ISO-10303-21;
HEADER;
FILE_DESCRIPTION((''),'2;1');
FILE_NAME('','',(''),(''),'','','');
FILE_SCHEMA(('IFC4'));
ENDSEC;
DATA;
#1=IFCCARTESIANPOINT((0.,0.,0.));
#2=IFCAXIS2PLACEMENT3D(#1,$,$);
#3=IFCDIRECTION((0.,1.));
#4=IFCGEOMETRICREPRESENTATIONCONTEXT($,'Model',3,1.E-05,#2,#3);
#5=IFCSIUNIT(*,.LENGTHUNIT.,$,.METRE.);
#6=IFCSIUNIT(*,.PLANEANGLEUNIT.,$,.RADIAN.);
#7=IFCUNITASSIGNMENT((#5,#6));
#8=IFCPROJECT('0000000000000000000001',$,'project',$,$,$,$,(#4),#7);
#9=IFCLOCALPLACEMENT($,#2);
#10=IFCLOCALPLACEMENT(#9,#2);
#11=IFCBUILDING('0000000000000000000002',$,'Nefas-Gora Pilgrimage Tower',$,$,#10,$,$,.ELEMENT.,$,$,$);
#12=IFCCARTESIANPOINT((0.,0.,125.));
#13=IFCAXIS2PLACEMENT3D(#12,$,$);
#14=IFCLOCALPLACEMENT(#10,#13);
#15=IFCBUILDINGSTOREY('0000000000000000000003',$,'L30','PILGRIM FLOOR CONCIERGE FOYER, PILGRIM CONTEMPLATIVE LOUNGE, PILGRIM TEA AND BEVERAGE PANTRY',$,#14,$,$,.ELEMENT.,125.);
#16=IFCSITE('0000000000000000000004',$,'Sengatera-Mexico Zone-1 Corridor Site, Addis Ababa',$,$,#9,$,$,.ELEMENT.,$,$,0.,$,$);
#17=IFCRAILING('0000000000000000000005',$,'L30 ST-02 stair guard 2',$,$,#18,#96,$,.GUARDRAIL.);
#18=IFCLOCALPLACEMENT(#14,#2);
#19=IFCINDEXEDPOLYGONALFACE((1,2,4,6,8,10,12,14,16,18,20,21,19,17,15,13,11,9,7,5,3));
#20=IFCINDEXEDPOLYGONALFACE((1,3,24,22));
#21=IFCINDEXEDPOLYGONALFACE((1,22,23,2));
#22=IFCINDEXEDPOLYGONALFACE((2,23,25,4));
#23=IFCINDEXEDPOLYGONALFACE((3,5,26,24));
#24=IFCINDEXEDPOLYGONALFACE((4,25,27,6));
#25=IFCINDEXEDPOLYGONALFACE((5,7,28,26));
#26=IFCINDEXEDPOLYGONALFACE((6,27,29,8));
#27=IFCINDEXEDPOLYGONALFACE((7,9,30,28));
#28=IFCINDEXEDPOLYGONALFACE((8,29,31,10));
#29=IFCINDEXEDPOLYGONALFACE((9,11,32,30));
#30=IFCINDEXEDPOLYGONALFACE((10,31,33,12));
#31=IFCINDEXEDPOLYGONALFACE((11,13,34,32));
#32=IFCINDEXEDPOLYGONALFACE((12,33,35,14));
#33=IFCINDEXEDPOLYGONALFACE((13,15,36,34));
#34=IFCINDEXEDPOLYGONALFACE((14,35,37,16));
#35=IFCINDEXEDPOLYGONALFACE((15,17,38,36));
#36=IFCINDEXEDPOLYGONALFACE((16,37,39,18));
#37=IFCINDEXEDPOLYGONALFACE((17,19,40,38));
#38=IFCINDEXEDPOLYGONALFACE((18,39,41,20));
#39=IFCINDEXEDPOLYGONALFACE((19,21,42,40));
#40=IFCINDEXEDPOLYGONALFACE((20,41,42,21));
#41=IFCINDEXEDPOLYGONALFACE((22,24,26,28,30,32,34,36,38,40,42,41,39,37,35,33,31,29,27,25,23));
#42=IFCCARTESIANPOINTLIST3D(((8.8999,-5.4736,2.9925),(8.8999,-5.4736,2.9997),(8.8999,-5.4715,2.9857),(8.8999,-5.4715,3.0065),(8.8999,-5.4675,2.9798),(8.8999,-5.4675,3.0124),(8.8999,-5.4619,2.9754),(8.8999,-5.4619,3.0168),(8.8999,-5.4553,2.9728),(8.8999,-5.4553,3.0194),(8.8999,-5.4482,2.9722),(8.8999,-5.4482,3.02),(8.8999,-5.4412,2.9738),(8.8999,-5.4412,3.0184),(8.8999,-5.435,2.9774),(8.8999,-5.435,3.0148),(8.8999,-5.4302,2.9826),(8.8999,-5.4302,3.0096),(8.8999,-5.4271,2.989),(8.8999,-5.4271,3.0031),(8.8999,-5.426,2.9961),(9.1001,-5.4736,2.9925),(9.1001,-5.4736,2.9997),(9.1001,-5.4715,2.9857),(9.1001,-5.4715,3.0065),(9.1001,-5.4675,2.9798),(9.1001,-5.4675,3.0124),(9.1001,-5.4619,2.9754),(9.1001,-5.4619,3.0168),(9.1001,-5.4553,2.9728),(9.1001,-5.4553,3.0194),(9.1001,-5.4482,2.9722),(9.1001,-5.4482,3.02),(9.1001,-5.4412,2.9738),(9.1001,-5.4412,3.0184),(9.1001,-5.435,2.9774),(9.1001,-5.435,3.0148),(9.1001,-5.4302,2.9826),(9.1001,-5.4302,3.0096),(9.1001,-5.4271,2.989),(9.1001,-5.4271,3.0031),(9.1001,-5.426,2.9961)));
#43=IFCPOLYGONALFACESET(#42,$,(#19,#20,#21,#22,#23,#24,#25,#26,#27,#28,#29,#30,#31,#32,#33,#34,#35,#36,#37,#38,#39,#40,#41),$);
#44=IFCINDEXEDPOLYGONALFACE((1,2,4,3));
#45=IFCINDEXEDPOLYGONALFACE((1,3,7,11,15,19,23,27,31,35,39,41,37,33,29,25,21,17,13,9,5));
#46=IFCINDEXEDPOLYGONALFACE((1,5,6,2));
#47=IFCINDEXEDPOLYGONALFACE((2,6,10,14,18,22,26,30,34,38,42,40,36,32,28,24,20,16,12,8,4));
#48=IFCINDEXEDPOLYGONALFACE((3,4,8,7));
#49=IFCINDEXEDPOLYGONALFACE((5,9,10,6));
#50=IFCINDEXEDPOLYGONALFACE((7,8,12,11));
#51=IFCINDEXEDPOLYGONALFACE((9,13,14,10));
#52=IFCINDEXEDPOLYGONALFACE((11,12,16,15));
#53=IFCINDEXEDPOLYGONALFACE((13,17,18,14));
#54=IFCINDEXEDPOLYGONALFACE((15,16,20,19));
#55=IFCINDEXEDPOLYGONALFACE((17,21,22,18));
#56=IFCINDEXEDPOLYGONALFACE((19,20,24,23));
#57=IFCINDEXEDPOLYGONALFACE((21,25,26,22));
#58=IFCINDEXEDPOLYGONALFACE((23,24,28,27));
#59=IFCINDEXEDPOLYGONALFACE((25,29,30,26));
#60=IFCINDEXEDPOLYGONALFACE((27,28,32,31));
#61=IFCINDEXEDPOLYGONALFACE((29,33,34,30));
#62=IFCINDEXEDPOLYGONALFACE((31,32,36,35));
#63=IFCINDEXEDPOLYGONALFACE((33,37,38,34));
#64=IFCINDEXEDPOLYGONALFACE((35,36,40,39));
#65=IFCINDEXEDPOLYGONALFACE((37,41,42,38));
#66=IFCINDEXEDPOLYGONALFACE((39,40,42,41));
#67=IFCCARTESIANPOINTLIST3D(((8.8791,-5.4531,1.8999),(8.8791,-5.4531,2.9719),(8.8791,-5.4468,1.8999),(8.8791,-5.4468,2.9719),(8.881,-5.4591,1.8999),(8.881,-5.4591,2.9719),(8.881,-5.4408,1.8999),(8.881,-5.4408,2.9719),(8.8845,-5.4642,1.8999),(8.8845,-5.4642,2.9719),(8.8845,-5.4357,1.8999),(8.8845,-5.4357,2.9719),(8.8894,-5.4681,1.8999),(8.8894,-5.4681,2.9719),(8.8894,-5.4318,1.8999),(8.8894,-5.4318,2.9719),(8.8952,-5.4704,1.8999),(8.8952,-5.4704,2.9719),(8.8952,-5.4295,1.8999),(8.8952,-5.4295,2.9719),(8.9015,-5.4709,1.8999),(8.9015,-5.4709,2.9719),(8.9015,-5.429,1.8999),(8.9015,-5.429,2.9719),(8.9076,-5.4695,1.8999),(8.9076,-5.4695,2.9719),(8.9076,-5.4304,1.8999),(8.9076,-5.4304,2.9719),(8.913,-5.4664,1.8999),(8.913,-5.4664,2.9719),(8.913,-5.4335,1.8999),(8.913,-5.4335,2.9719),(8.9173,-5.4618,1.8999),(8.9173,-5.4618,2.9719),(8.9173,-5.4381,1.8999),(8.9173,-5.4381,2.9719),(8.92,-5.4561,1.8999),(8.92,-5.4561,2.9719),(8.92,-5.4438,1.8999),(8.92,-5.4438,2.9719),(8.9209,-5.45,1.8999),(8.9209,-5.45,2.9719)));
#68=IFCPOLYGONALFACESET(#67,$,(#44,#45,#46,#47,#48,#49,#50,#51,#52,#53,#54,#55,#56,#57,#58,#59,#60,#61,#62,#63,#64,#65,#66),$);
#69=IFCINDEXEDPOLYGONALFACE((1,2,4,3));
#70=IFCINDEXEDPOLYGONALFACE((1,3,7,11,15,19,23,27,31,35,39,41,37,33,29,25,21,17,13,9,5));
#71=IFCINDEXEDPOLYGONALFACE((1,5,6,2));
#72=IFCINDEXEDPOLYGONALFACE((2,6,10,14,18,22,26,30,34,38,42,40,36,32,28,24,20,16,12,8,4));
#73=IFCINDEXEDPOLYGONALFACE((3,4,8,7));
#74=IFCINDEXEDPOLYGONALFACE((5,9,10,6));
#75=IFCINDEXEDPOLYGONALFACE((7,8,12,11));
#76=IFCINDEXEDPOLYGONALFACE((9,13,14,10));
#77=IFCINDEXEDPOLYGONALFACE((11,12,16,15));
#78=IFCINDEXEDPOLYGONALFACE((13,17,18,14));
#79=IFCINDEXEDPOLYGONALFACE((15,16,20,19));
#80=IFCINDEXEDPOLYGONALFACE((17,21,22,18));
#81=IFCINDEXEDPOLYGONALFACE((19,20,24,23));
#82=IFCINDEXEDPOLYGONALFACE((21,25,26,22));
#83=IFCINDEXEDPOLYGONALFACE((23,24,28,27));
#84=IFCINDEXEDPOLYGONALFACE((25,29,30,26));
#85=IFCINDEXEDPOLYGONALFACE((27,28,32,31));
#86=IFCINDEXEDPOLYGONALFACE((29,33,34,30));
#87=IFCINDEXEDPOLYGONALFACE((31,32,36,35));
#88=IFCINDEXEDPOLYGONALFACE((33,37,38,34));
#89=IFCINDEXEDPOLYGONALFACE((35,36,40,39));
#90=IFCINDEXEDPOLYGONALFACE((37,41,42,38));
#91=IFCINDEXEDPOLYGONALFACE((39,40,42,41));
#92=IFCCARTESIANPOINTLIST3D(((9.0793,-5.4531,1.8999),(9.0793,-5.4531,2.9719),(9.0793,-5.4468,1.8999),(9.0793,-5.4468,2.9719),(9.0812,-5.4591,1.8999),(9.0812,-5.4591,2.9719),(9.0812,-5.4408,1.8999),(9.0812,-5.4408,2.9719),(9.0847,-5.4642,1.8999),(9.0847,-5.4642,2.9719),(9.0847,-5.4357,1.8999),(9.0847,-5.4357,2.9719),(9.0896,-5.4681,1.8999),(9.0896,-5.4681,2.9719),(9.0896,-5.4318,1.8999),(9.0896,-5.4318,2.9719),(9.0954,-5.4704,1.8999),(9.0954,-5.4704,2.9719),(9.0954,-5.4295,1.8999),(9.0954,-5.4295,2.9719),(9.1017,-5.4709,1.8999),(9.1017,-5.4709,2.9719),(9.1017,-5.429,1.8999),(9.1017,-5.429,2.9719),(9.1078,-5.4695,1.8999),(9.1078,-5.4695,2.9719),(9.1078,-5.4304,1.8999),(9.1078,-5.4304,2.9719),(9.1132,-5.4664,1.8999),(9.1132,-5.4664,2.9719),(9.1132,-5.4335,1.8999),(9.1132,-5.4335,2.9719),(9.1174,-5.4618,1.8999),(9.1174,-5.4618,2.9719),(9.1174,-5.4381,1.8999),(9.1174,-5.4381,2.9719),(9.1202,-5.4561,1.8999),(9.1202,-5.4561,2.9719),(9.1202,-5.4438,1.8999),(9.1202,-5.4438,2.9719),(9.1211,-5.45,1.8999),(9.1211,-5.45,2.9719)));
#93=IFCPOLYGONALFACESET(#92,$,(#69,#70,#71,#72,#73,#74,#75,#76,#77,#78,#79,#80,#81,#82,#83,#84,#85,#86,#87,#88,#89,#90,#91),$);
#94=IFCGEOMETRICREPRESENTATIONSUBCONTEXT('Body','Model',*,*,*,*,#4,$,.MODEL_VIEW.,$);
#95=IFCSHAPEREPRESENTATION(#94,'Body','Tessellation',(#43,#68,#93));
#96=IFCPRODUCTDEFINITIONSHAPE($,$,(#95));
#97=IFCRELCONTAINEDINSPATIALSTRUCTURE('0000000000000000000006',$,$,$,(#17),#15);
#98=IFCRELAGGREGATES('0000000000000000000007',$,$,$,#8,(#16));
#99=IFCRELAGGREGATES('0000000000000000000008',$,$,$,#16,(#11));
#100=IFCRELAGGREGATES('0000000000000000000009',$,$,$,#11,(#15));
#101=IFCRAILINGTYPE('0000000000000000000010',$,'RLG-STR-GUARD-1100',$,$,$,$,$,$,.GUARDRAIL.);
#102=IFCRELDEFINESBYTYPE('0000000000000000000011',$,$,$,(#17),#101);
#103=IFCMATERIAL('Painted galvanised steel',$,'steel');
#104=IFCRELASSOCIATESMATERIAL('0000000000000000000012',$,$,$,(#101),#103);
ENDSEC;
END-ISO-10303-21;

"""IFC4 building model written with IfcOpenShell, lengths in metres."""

from ifc_helpers import new_model, si_unit, direction, frame, origin, origin_2d, place, context, subcontext, project, spatial, circle, extrude, material, type_object, element, save


model = new_model("IFC4")

# Units and contexts
model_context = context("Model", 3, precision=1e-05, world=origin(), true_north=direction((0.0, 1.0)))
body_context = subcontext(model_context, "Body", "Model", "MODEL_VIEW")
ifc_project = project(units=[si_unit("LENGTHUNIT", "METRE"), si_unit("PLANEANGLEUNIT", "RADIAN")], contexts=[model_context])

# Site, building, storey
site_placement = place(None, origin())
site = spatial("IfcSite", under=ifc_project, at=site_placement, Name="Sengatera-Mexico Zone-1 Corridor Site, Addis Ababa", CompositionType="ELEMENT", RefElevation=0.0)
building_placement = place(site_placement, origin())
building = spatial("IfcBuilding", under=site, at=building_placement, Name="Nefas-Gora Pilgrimage Tower", CompositionType="ELEMENT")
storey_placement = place(building_placement, frame((0.0, 0.0, 125.0)))
storey = spatial("IfcBuildingStorey", under=building, at=storey_placement, Name="L30", Description="PILGRIM FLOOR CONCIERGE FOYER, PILGRIM CONTEMPLATIVE LOUNGE, PILGRIM TEA AND BEVERAGE PANTRY", CompositionType="ELEMENT", Elevation=125.0)

# Railing
ifc_material_1 = material(Name="Painted galvanised steel", Category="steel")
railing_type_1 = type_object("IfcRailingType", Name="RLG-STR-GUARD-1100", PredefinedType="GUARDRAIL", material=ifc_material_1)
railing_1_placement = place(storey_placement, frame((8.8999, -5.45, 1.8999)))
element("IfcRailing", 1, at=railing_1_placement, inside=storey, type_object=railing_type_1, Name="L30 ST-02 stair guard 2", PredefinedType="GUARDRAIL", context=body_context, shape_type="SweptSolid", body=[
    extrude(circle(Radius=0.0239, at=origin_2d()), frame((0.0, 0.0, 1.0962), z_axis=(1.0, 0.0, 0.0), x_axis=(0.0, 1.0, 0.0)), (0.0, 0.0, 1.0), 0.2002),
    extrude(circle(Radius=0.021, at=origin_2d()), origin(), (0.0, 0.0, 1.0), 1.072),
    extrude(circle(Radius=0.021, at=origin_2d()), frame((0.2002, 0.0, 0.0)), (0.0, 0.0, 1.0), 1.072),
])

save(model, "model.ifc")
